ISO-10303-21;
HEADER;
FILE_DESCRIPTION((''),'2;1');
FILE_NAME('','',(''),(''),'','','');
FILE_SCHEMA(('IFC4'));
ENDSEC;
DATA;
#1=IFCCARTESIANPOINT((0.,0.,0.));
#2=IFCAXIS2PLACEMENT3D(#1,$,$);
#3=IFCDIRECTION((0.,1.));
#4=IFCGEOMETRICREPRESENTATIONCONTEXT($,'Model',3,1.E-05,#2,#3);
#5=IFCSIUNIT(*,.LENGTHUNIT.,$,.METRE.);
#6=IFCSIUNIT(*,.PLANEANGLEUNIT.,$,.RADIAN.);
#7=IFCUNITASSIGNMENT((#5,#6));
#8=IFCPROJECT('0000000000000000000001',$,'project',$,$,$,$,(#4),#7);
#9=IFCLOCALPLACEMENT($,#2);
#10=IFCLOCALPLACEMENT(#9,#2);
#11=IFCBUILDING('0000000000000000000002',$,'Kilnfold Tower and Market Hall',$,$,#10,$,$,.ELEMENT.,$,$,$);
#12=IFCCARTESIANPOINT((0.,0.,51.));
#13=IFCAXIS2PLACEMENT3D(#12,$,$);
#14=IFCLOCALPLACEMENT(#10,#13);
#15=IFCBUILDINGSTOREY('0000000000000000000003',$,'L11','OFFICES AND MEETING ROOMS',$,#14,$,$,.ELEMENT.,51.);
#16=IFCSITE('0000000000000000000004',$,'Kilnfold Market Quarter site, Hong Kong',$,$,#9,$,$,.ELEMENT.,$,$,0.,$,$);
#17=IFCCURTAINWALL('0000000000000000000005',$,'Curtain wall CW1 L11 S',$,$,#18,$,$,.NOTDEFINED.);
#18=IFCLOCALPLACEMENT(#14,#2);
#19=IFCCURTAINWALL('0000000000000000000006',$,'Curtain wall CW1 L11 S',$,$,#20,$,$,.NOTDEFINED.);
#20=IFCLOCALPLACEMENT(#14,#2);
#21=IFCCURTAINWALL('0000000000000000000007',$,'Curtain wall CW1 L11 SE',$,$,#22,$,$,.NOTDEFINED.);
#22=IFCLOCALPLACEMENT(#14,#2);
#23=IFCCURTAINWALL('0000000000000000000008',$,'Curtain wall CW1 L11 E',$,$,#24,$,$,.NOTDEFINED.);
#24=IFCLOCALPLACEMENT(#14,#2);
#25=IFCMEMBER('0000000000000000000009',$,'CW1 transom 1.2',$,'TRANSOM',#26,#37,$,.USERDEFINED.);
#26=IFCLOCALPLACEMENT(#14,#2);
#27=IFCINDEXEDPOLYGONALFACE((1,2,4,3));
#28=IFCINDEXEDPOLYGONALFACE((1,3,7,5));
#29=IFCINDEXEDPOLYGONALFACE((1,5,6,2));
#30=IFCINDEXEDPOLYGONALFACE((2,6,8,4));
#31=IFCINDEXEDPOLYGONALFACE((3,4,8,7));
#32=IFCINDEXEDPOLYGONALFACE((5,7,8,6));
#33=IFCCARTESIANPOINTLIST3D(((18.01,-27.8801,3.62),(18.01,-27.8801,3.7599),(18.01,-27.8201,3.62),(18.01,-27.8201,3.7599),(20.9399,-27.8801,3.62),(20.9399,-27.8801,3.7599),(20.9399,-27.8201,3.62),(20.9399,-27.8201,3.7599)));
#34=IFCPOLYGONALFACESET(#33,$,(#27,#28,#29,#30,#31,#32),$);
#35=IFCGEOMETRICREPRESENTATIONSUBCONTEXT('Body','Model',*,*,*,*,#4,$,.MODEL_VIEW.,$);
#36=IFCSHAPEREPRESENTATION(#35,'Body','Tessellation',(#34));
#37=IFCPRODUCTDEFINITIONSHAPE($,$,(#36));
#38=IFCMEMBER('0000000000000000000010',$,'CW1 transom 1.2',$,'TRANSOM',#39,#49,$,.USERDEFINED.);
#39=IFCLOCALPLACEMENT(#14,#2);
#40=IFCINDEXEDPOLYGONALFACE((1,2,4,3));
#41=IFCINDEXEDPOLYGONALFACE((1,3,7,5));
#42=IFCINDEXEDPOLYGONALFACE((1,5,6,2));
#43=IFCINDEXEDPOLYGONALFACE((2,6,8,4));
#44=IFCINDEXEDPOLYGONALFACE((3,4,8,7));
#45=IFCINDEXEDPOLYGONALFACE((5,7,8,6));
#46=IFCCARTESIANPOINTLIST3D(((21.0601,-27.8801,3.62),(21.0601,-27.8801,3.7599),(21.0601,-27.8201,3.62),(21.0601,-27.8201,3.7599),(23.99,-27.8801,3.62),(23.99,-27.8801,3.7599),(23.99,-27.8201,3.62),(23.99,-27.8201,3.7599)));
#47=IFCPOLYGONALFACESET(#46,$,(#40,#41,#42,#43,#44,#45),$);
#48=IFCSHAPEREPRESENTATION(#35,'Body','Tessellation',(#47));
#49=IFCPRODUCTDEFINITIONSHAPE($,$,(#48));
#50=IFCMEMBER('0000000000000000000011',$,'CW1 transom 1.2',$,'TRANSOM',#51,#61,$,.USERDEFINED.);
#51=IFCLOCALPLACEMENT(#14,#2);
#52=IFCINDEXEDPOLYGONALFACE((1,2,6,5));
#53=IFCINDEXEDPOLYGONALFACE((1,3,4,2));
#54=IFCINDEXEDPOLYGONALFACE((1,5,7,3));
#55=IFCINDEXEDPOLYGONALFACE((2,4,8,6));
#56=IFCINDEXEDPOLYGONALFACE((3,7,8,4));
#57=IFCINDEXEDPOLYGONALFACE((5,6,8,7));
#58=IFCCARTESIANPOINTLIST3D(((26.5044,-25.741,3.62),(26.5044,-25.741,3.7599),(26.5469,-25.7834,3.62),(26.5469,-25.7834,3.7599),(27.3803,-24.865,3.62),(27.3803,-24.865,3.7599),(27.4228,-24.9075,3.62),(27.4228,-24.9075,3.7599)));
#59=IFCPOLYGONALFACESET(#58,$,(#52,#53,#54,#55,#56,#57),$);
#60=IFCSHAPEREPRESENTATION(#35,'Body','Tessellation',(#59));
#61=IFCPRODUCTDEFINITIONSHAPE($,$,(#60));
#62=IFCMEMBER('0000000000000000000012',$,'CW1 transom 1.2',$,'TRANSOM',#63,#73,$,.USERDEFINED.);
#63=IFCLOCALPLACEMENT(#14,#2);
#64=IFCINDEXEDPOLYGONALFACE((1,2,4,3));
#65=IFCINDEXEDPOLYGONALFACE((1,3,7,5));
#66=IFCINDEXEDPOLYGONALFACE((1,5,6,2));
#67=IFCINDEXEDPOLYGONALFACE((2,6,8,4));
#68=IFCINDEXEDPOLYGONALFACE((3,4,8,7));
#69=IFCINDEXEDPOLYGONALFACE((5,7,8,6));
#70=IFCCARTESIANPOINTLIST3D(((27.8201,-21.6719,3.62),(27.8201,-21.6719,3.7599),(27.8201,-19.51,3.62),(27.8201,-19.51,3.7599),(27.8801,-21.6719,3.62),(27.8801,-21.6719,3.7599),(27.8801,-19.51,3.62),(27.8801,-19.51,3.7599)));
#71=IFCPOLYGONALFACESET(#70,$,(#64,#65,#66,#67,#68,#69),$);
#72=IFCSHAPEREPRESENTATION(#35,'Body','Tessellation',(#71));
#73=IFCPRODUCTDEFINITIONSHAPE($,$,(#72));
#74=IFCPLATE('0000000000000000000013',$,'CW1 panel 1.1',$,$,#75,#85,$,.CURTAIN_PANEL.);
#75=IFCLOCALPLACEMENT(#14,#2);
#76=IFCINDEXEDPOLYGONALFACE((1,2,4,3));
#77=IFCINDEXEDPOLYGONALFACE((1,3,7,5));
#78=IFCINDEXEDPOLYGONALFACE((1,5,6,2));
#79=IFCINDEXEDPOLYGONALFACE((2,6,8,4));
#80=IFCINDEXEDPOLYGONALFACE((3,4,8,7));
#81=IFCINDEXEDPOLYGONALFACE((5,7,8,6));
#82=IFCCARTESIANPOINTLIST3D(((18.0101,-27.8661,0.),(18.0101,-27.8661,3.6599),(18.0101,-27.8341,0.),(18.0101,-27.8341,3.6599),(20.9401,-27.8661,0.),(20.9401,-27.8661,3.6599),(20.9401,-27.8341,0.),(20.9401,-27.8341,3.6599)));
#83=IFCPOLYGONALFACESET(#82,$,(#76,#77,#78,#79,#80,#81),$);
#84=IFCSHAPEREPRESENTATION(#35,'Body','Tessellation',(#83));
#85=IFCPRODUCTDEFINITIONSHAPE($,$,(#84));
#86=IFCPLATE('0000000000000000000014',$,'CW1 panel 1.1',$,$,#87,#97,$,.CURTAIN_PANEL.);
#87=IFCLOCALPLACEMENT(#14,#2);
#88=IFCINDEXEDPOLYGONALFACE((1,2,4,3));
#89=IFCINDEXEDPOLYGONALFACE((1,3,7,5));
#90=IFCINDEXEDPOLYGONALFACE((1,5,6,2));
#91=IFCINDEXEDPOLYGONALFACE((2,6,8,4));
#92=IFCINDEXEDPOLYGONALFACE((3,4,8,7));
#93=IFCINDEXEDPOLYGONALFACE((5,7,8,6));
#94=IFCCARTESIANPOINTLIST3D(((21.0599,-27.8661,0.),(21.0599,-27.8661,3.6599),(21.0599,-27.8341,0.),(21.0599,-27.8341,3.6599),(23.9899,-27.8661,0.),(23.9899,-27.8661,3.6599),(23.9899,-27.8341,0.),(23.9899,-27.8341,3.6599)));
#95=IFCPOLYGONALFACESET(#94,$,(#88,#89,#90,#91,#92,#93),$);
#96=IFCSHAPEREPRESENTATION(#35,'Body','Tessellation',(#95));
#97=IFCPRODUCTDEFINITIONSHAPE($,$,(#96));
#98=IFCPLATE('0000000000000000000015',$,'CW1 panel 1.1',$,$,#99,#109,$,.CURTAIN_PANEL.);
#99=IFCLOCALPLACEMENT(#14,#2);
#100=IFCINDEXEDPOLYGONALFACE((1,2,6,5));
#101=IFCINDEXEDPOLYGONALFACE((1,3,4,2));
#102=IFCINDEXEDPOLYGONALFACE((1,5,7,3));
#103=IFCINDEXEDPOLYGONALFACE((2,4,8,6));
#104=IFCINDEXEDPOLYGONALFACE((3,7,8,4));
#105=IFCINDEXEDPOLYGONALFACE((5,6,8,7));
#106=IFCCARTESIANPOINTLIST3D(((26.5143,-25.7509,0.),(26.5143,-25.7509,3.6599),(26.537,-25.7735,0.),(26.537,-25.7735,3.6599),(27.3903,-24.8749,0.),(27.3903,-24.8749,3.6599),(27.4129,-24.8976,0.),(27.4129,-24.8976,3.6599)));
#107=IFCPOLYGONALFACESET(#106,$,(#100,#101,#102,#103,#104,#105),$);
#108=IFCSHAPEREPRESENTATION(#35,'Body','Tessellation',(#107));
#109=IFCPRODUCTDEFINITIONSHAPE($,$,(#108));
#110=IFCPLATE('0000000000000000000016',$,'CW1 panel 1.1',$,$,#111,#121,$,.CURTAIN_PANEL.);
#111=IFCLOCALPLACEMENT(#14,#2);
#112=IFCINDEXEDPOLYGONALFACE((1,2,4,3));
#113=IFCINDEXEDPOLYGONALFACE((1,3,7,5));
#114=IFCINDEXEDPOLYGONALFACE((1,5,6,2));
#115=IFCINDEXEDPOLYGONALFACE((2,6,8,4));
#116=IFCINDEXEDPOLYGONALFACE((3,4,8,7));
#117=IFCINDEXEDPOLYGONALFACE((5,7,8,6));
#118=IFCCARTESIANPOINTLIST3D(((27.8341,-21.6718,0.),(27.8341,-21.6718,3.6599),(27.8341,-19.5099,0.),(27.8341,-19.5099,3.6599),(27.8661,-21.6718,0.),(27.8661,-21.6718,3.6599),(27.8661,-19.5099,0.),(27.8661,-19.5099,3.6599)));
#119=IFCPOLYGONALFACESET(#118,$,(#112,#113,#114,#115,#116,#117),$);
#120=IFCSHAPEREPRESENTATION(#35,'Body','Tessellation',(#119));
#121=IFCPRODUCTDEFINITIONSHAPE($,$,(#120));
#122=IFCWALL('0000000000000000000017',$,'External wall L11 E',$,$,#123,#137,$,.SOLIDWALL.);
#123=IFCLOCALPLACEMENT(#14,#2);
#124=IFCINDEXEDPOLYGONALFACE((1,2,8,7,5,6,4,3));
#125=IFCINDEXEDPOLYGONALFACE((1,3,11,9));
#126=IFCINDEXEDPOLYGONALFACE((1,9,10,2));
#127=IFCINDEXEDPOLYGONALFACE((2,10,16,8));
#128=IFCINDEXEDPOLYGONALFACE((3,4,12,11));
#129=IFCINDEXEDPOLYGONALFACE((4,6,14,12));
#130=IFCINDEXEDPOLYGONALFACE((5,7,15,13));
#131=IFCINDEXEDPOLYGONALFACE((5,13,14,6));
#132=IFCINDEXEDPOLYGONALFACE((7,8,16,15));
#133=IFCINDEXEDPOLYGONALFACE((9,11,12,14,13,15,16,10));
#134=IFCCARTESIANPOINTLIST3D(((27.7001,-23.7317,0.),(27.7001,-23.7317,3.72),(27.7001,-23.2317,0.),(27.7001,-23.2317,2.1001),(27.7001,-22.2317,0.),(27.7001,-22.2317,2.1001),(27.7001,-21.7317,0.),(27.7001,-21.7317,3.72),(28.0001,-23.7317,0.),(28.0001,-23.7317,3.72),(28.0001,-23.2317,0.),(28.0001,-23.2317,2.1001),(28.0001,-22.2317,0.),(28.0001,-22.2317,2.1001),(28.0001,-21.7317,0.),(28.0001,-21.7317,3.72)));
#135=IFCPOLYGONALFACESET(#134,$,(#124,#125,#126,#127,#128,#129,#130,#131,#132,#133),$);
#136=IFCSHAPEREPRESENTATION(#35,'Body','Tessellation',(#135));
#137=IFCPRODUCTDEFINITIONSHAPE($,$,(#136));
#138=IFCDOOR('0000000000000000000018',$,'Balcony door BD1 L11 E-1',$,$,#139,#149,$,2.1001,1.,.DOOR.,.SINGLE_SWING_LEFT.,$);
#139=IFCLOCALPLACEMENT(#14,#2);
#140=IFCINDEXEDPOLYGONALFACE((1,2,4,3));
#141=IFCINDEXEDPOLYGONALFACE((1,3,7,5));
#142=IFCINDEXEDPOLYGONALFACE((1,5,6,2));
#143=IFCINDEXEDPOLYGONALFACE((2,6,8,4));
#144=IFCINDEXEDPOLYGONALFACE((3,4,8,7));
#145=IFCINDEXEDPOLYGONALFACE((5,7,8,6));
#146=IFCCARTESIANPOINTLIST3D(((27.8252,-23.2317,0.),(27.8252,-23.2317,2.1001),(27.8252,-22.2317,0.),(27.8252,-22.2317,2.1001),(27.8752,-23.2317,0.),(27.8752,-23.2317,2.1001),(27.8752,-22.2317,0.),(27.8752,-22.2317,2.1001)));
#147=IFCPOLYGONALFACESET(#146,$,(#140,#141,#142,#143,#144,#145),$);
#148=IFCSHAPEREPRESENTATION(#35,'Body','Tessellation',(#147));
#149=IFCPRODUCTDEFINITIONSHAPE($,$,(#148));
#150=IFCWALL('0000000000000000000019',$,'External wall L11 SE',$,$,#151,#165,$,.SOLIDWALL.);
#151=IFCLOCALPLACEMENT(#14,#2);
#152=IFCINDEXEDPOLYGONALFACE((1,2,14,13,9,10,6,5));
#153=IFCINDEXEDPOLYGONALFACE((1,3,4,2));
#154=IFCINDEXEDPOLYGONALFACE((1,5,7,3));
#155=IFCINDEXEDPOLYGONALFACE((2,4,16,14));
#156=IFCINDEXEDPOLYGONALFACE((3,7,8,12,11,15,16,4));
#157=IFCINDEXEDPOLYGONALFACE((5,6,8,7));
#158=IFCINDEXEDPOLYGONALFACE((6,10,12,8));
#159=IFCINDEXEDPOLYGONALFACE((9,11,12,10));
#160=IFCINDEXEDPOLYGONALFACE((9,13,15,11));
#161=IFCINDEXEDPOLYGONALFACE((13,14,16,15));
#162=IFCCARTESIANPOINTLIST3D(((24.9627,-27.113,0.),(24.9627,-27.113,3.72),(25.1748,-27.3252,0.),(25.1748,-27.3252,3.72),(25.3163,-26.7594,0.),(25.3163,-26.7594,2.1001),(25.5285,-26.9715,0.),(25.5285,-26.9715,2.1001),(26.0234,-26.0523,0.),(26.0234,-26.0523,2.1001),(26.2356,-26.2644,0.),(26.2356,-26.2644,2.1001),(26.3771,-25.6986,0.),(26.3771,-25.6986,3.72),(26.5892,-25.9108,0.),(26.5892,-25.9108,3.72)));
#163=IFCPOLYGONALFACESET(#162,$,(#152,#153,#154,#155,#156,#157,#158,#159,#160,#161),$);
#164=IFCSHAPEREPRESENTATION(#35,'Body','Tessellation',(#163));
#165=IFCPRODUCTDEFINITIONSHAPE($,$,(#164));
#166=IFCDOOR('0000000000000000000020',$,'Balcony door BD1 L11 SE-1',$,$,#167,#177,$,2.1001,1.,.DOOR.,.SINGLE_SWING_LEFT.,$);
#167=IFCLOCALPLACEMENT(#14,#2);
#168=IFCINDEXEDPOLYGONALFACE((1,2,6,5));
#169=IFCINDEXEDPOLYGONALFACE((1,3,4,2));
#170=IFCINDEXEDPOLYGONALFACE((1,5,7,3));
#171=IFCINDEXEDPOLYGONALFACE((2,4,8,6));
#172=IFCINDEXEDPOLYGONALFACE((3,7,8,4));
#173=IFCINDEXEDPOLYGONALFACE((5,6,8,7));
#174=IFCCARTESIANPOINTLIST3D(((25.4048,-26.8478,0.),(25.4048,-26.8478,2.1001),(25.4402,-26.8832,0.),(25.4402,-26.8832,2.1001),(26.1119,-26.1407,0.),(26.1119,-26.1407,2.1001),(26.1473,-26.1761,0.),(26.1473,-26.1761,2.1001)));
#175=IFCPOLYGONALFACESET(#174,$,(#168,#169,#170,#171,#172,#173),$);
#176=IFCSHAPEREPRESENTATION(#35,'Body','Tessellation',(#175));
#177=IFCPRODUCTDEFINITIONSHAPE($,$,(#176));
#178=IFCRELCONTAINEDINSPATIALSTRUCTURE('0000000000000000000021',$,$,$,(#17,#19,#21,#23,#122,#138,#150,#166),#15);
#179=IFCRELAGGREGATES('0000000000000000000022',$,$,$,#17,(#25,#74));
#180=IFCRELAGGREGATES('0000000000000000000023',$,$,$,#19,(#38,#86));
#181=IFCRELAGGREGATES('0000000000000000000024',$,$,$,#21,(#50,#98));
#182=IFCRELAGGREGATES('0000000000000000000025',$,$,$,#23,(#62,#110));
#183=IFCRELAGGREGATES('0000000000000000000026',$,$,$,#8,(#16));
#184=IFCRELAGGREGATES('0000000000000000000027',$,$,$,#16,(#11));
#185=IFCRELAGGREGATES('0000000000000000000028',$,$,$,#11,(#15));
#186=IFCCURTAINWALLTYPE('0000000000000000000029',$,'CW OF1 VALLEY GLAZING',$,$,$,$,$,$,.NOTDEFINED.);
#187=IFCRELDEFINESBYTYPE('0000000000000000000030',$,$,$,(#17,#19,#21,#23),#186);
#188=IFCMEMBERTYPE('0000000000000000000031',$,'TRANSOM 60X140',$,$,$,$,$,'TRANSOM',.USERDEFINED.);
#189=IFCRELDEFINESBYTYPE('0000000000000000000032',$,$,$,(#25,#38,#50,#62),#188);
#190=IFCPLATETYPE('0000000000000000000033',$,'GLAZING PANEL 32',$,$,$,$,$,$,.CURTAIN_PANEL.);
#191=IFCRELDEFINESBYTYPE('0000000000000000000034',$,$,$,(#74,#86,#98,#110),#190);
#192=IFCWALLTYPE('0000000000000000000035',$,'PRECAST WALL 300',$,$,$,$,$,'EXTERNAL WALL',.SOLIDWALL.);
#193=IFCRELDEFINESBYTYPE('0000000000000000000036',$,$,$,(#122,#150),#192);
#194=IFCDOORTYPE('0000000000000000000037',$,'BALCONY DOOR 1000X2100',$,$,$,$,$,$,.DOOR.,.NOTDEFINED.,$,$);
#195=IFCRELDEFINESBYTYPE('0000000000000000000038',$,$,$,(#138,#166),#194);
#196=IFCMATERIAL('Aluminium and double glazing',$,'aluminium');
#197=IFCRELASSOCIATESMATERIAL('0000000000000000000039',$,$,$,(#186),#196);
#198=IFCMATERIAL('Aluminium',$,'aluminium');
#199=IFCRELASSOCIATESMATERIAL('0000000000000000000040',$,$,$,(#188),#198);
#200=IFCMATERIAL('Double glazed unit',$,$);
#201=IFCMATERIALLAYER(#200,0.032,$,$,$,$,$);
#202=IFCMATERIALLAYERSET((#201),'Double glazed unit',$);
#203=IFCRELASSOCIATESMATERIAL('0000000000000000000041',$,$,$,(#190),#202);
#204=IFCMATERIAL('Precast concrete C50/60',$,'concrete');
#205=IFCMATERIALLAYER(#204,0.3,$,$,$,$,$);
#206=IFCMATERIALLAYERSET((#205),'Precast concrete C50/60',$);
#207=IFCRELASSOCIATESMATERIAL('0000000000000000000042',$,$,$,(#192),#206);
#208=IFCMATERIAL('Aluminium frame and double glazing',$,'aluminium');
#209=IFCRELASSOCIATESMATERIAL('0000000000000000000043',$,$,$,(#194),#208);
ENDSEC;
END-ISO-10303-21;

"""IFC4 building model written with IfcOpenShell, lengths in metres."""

from ifc_helpers import new_model, si_unit, direction, frame, frame_2d, origin, origin_2d, place, context, subcontext, project, spatial, rectangle, extrude, source, transform, mapped, material, layer, layer_set, material_profile, profile_set, type_object, element, fill, aggregate, save


model = new_model("IFC4")

# Units and contexts
model_context = context("Model", 3, precision=1e-05, world=origin(), true_north=direction((0.0, 1.0)))
body_context = subcontext(model_context, "Body", "Model", "MODEL_VIEW")
ifc_project = project(units=[si_unit("LENGTHUNIT", "METRE"), si_unit("PLANEANGLEUNIT", "RADIAN")], contexts=[model_context])

# Site, building, storey
site_placement = place(None, origin())
site = spatial("IfcSite", under=ifc_project, at=site_placement, Name="Kilnfold Market Quarter site, Hong Kong", CompositionType="ELEMENT", RefElevation=0.0)
building_placement = place(site_placement, origin())
building = spatial("IfcBuilding", under=site, at=building_placement, Name="Kilnfold Tower and Market Hall", CompositionType="ELEMENT")
storey_placement = place(building_placement, frame((0.0, 0.0, 51.0)))
storey = spatial("IfcBuildingStorey", under=building, at=storey_placement, Name="L11", Description="OFFICES AND MEETING ROOMS", CompositionType="ELEMENT", Elevation=51.0)

# Curtain walls
ifc_material_1 = material(Name="Aluminium and double glazing", Category="aluminium")
curtain_wall_type = type_object("IfcCurtainWallType", Name="CW OF1 VALLEY GLAZING", PredefinedType="NOTDEFINED", material=ifc_material_1)
curtain_wall_1_placement = place(storey_placement, origin())
curtain_wall_1 = element("IfcCurtainWall", 1, at=curtain_wall_1_placement, inside=storey, type_object=curtain_wall_type, Name="Curtain wall CW1 L11 S", PredefinedType="NOTDEFINED")
curtain_wall_2_placement = place(storey_placement, origin())
curtain_wall_2 = element("IfcCurtainWall", 2, at=curtain_wall_2_placement, inside=storey, type_object=curtain_wall_type, Name="Curtain wall CW1 L11 S", PredefinedType="NOTDEFINED")
curtain_wall_3_placement = place(storey_placement, origin())
curtain_wall_3 = element("IfcCurtainWall", 3, at=curtain_wall_3_placement, inside=storey, type_object=curtain_wall_type, Name="Curtain wall CW1 L11 SE", PredefinedType="NOTDEFINED")

# Curtain wall
curtain_wall_4_placement = place(storey_placement, origin())
curtain_wall_4 = element("IfcCurtainWall", 4, at=curtain_wall_4_placement, inside=storey, type_object=curtain_wall_type, Name="Curtain wall CW1 L11 E", PredefinedType="NOTDEFINED")

# Members
ifc_material_2 = material(Name="Aluminium", Category="aluminium")
ifc_material_profile_1 = material_profile(ifc_material_2, rectangle(XDim=0.0601, YDim=0.1399, at=origin_2d()), Name="TRANSOM 60x140")
ifc_profile_set_1 = profile_set([ifc_material_profile_1], Name="Aluminium")
member_type_1 = type_object("IfcMemberType", Name="TRANSOM 60X140", ElementType="TRANSOM", PredefinedType="USERDEFINED", material=ifc_profile_set_1)
shared_shape_1 = source(origin(), body_context, "Body", "SweptSolid", [
    extrude(rectangle(XDim=0.0601, YDim=0.1399, at=origin_2d()), origin(), (0.0, 0.0, 1.0), 2.9299),
])
member_1_placement = place(storey_placement, frame((18.01, -27.8501, 3.6899), z_axis=(1.0, 0.0, 0.0), x_axis=(0.0, 1.0, 0.0)))
member_1 = element("IfcMember", 5, at=member_1_placement, type_object=member_type_1, Name="CW1 transom 1.2", ObjectType="TRANSOM", PredefinedType="USERDEFINED", context=body_context, shape_type="MappedRepresentation", body=[
    mapped(shared_shape_1, transform((0.0, 0.0, 0.0))),
])
member_2_placement = place(storey_placement, frame((21.0601, -27.8501, 3.6899), z_axis=(1.0, 0.0, 0.0), x_axis=(0.0, 1.0, 0.0)))
member_2 = element("IfcMember", 6, at=member_2_placement, type_object=member_type_1, Name="CW1 transom 1.2", ObjectType="TRANSOM", PredefinedType="USERDEFINED", context=body_context, shape_type="MappedRepresentation", body=[
    mapped(shared_shape_1, transform((0.0, 0.0, 0.0))),
])
shared_shape_2 = source(origin(), body_context, "Body", "SweptSolid", [
    extrude(rectangle(XDim=0.0601, YDim=0.1399, at=origin_2d()), origin(), (0.0, 0.0, 1.0), 1.2388),
])
member_3_placement = place(storey_placement, frame((26.5256, -25.7622, 3.6899), z_axis=(0.707107, 0.707107, 0.0), x_axis=(-0.707107, 0.707107, 0.0)))
member_3 = element("IfcMember", 7, at=member_3_placement, type_object=member_type_1, Name="CW1 transom 1.2", ObjectType="TRANSOM", PredefinedType="USERDEFINED", context=body_context, shape_type="MappedRepresentation", body=[
    mapped(shared_shape_2, transform((0.0, 0.0, 0.0))),
])
shared_shape_3 = source(origin(), body_context, "Body", "SweptSolid", [
    extrude(rectangle(XDim=0.0601, YDim=0.1399, at=origin_2d()), origin(), (0.0, 0.0, 1.0), 2.1619),
])
member_4_placement = place(storey_placement, frame((27.8501, -21.6719, 3.6899), z_axis=(0.0, 1.0, 0.0), x_axis=(-1.0, 0.0, 0.0)))
member_4 = element("IfcMember", 8, at=member_4_placement, type_object=member_type_1, Name="CW1 transom 1.2", ObjectType="TRANSOM", PredefinedType="USERDEFINED", context=body_context, shape_type="MappedRepresentation", body=[
    mapped(shared_shape_3, transform((0.0, 0.0, 0.0))),
])

# Plates
ifc_material_3 = material(Name="Double glazed unit")
ifc_layer_1 = layer(ifc_material_3, 0.032)
ifc_layer_set_1 = layer_set([ifc_layer_1], Name="Double glazed unit")
plate_type = type_object("IfcPlateType", Name="GLAZING PANEL 32", PredefinedType="CURTAIN_PANEL", material=ifc_layer_set_1)
shared_shape_4 = source(origin(), body_context, "Body", "SweptSolid", [
    extrude(rectangle(XDim=2.9299, YDim=0.032, at=origin_2d()), origin(), (0.0, 0.0, 1.0), 3.6599),
])
plate_1_placement = place(storey_placement, frame((19.4751, -27.8501, 0.0), z_axis=(0.0, 0.0, 1.0), x_axis=(1.0, 0.0, 0.0)))
plate_1 = element("IfcPlate", 9, at=plate_1_placement, type_object=plate_type, Name="CW1 panel 1.1", PredefinedType="CURTAIN_PANEL", context=body_context, shape_type="MappedRepresentation", body=[
    mapped(shared_shape_4, transform((0.0, 0.0, 0.0))),
])
aggregate(curtain_wall_1, [member_1, plate_1])
plate_2_placement = place(storey_placement, frame((22.5249, -27.8501, 0.0), z_axis=(0.0, 0.0, 1.0), x_axis=(1.0, 0.0, 0.0)))
plate_2 = element("IfcPlate", 10, at=plate_2_placement, type_object=plate_type, Name="CW1 panel 1.1", PredefinedType="CURTAIN_PANEL", context=body_context, shape_type="MappedRepresentation", body=[
    mapped(shared_shape_4, transform((0.0, 0.0, 0.0))),
])
aggregate(curtain_wall_2, [member_2, plate_2])
shared_shape_5 = source(origin(), body_context, "Body", "SweptSolid", [
    extrude(rectangle(XDim=1.2388, YDim=0.032, at=origin_2d()), origin(), (0.0, 0.0, 1.0), 3.6599),
])
plate_3_placement = place(storey_placement, frame((26.9636, -25.3242, 0.0), z_axis=(0.0, 0.0, 1.0), x_axis=(0.707107, 0.707107, 0.0)))
plate_3 = element("IfcPlate", 11, at=plate_3_placement, type_object=plate_type, Name="CW1 panel 1.1", PredefinedType="CURTAIN_PANEL", context=body_context, shape_type="MappedRepresentation", body=[
    mapped(shared_shape_5, transform((0.0, 0.0, 0.0))),
])
aggregate(curtain_wall_3, [member_3, plate_3])
shared_shape_6 = source(origin(), body_context, "Body", "SweptSolid", [
    extrude(rectangle(XDim=2.1619, YDim=0.032, at=origin_2d()), origin(), (0.0, 0.0, 1.0), 3.6599),
])
plate_4_placement = place(storey_placement, frame((27.8501, -20.5908, 0.0), z_axis=(0.0, 0.0, 1.0), x_axis=(0.0, 1.0, 0.0)))
plate_4 = element("IfcPlate", 12, at=plate_4_placement, type_object=plate_type, Name="CW1 panel 1.1", PredefinedType="CURTAIN_PANEL", context=body_context, shape_type="MappedRepresentation", body=[
    mapped(shared_shape_6, transform((0.0, 0.0, 0.0))),
])
aggregate(curtain_wall_4, [member_4, plate_4])

# Walls, openings, doors
ifc_material_4 = material(Name="Precast concrete C50/60", Category="concrete")
ifc_layer_2 = layer(ifc_material_4, 0.3)
ifc_layer_set_2 = layer_set([ifc_layer_2], Name="Precast concrete C50/60")
wall_type = type_object("IfcWallType", Name="PRECAST WALL 300", ElementType="EXTERNAL WALL", PredefinedType="SOLIDWALL", material=ifc_layer_set_2)
shared_shape_7 = source(origin(), body_context, "Body", "SweptSolid", [
    extrude(rectangle(XDim=2.0, YDim=0.3, at=frame_2d((1.0, 0.0))), origin(), (0.0, 0.0, 1.0), 3.72),
])
wall_1_placement = place(storey_placement, frame((27.8501, -23.7317, 0.0), z_axis=(0.0, 0.0, 1.0), x_axis=(0.0, 1.0, 0.0)))
wall_1 = element("IfcWall", 13, at=wall_1_placement, inside=storey, type_object=wall_type, Name="External wall L11 E", PredefinedType="SOLIDWALL", context=body_context, shape_type="MappedRepresentation", body=[
    mapped(shared_shape_7, transform((0.0, 0.0, 0.0))),
])
opening_1_placement = place(wall_1_placement, frame((0.5, 0.0, 0.0)))
opening_1 = element("IfcOpeningElement", 14, at=opening_1_placement, cuts=wall_1, PredefinedType="OPENING", context=body_context, shape_type="SweptSolid", body=[
    extrude(rectangle(XDim=1.0, YDim=2.1001, at=frame_2d((0.5, 1.05))), frame((0.0, 0.1602, 0.0), z_axis=(0.0, -1.0, 0.0), x_axis=(1.0, 0.0, 0.0)), (0.0, 0.0, 1.0), 0.3201),
])
ifc_material_5 = material(Name="Aluminium frame and double glazing", Category="aluminium")
door_type = type_object("IfcDoorType", Name="BALCONY DOOR 1000X2100", OperationType="NOTDEFINED", PredefinedType="DOOR", material=ifc_material_5)
door_1_placement = place(opening_1_placement, origin())
door_1 = element("IfcDoor", 15, at=door_1_placement, inside=storey, type_object=door_type, Name="Balcony door BD1 L11 E-1", OperationType="SINGLE_SWING_LEFT", OverallHeight=2.1001, OverallWidth=1.0, PredefinedType="DOOR", context=body_context, shape_type="SweptSolid", body=[
    extrude(rectangle(XDim=1.0, YDim=2.1001, at=frame_2d((0.5, 1.05))), frame((0.0, 0.0249, 0.0), z_axis=(0.0, -1.0, 0.0), x_axis=(1.0, 0.0, 0.0)), (0.0, 0.0, 1.0), 0.05),
])
fill(opening_1, door_1)
shared_shape_8 = source(origin(), body_context, "Body", "SweptSolid", [
    extrude(rectangle(XDim=2.0002, YDim=0.3, at=frame_2d((1.0, 0.0))), origin(), (0.0, 0.0, 1.0), 3.72),
])
wall_2_placement = place(storey_placement, frame((25.0688, -27.219, 0.0), z_axis=(0.0, 0.0, 1.0), x_axis=(0.707107, 0.707107, 0.0)))
wall_2 = element("IfcWall", 16, at=wall_2_placement, inside=storey, type_object=wall_type, Name="External wall L11 SE", PredefinedType="SOLIDWALL", context=body_context, shape_type="MappedRepresentation", body=[
    mapped(shared_shape_8, transform((0.0, 0.0, 0.0))),
])
opening_2_placement = place(wall_2_placement, frame((0.5, 0.0, 0.0)))
opening_2 = element("IfcOpeningElement", 17, at=opening_2_placement, cuts=wall_2, PredefinedType="OPENING", context=body_context, shape_type="SweptSolid", body=[
    extrude(rectangle(XDim=1.0, YDim=2.1001, at=frame_2d((0.5, 1.05))), frame((0.0, 0.1602, 0.0), z_axis=(0.0, -1.0, 0.0), x_axis=(1.0, 0.0, 0.0)), (0.0, 0.0, 1.0), 0.3201),
])
door_2_placement = place(opening_2_placement, origin())
door_2 = element("IfcDoor", 18, at=door_2_placement, inside=storey, type_object=door_type, Name="Balcony door BD1 L11 SE-1", OperationType="SINGLE_SWING_LEFT", OverallHeight=2.1001, OverallWidth=1.0, PredefinedType="DOOR", context=body_context, shape_type="SweptSolid", body=[
    extrude(rectangle(XDim=1.0, YDim=2.1001, at=frame_2d((0.5, 1.05))), frame((0.0, 0.0249, 0.0), z_axis=(0.0, -1.0, 0.0), x_axis=(1.0, 0.0, 0.0)), (0.0, 0.0, 1.0), 0.05),
])
fill(opening_2, door_2)

save(model, "model.ifc")
